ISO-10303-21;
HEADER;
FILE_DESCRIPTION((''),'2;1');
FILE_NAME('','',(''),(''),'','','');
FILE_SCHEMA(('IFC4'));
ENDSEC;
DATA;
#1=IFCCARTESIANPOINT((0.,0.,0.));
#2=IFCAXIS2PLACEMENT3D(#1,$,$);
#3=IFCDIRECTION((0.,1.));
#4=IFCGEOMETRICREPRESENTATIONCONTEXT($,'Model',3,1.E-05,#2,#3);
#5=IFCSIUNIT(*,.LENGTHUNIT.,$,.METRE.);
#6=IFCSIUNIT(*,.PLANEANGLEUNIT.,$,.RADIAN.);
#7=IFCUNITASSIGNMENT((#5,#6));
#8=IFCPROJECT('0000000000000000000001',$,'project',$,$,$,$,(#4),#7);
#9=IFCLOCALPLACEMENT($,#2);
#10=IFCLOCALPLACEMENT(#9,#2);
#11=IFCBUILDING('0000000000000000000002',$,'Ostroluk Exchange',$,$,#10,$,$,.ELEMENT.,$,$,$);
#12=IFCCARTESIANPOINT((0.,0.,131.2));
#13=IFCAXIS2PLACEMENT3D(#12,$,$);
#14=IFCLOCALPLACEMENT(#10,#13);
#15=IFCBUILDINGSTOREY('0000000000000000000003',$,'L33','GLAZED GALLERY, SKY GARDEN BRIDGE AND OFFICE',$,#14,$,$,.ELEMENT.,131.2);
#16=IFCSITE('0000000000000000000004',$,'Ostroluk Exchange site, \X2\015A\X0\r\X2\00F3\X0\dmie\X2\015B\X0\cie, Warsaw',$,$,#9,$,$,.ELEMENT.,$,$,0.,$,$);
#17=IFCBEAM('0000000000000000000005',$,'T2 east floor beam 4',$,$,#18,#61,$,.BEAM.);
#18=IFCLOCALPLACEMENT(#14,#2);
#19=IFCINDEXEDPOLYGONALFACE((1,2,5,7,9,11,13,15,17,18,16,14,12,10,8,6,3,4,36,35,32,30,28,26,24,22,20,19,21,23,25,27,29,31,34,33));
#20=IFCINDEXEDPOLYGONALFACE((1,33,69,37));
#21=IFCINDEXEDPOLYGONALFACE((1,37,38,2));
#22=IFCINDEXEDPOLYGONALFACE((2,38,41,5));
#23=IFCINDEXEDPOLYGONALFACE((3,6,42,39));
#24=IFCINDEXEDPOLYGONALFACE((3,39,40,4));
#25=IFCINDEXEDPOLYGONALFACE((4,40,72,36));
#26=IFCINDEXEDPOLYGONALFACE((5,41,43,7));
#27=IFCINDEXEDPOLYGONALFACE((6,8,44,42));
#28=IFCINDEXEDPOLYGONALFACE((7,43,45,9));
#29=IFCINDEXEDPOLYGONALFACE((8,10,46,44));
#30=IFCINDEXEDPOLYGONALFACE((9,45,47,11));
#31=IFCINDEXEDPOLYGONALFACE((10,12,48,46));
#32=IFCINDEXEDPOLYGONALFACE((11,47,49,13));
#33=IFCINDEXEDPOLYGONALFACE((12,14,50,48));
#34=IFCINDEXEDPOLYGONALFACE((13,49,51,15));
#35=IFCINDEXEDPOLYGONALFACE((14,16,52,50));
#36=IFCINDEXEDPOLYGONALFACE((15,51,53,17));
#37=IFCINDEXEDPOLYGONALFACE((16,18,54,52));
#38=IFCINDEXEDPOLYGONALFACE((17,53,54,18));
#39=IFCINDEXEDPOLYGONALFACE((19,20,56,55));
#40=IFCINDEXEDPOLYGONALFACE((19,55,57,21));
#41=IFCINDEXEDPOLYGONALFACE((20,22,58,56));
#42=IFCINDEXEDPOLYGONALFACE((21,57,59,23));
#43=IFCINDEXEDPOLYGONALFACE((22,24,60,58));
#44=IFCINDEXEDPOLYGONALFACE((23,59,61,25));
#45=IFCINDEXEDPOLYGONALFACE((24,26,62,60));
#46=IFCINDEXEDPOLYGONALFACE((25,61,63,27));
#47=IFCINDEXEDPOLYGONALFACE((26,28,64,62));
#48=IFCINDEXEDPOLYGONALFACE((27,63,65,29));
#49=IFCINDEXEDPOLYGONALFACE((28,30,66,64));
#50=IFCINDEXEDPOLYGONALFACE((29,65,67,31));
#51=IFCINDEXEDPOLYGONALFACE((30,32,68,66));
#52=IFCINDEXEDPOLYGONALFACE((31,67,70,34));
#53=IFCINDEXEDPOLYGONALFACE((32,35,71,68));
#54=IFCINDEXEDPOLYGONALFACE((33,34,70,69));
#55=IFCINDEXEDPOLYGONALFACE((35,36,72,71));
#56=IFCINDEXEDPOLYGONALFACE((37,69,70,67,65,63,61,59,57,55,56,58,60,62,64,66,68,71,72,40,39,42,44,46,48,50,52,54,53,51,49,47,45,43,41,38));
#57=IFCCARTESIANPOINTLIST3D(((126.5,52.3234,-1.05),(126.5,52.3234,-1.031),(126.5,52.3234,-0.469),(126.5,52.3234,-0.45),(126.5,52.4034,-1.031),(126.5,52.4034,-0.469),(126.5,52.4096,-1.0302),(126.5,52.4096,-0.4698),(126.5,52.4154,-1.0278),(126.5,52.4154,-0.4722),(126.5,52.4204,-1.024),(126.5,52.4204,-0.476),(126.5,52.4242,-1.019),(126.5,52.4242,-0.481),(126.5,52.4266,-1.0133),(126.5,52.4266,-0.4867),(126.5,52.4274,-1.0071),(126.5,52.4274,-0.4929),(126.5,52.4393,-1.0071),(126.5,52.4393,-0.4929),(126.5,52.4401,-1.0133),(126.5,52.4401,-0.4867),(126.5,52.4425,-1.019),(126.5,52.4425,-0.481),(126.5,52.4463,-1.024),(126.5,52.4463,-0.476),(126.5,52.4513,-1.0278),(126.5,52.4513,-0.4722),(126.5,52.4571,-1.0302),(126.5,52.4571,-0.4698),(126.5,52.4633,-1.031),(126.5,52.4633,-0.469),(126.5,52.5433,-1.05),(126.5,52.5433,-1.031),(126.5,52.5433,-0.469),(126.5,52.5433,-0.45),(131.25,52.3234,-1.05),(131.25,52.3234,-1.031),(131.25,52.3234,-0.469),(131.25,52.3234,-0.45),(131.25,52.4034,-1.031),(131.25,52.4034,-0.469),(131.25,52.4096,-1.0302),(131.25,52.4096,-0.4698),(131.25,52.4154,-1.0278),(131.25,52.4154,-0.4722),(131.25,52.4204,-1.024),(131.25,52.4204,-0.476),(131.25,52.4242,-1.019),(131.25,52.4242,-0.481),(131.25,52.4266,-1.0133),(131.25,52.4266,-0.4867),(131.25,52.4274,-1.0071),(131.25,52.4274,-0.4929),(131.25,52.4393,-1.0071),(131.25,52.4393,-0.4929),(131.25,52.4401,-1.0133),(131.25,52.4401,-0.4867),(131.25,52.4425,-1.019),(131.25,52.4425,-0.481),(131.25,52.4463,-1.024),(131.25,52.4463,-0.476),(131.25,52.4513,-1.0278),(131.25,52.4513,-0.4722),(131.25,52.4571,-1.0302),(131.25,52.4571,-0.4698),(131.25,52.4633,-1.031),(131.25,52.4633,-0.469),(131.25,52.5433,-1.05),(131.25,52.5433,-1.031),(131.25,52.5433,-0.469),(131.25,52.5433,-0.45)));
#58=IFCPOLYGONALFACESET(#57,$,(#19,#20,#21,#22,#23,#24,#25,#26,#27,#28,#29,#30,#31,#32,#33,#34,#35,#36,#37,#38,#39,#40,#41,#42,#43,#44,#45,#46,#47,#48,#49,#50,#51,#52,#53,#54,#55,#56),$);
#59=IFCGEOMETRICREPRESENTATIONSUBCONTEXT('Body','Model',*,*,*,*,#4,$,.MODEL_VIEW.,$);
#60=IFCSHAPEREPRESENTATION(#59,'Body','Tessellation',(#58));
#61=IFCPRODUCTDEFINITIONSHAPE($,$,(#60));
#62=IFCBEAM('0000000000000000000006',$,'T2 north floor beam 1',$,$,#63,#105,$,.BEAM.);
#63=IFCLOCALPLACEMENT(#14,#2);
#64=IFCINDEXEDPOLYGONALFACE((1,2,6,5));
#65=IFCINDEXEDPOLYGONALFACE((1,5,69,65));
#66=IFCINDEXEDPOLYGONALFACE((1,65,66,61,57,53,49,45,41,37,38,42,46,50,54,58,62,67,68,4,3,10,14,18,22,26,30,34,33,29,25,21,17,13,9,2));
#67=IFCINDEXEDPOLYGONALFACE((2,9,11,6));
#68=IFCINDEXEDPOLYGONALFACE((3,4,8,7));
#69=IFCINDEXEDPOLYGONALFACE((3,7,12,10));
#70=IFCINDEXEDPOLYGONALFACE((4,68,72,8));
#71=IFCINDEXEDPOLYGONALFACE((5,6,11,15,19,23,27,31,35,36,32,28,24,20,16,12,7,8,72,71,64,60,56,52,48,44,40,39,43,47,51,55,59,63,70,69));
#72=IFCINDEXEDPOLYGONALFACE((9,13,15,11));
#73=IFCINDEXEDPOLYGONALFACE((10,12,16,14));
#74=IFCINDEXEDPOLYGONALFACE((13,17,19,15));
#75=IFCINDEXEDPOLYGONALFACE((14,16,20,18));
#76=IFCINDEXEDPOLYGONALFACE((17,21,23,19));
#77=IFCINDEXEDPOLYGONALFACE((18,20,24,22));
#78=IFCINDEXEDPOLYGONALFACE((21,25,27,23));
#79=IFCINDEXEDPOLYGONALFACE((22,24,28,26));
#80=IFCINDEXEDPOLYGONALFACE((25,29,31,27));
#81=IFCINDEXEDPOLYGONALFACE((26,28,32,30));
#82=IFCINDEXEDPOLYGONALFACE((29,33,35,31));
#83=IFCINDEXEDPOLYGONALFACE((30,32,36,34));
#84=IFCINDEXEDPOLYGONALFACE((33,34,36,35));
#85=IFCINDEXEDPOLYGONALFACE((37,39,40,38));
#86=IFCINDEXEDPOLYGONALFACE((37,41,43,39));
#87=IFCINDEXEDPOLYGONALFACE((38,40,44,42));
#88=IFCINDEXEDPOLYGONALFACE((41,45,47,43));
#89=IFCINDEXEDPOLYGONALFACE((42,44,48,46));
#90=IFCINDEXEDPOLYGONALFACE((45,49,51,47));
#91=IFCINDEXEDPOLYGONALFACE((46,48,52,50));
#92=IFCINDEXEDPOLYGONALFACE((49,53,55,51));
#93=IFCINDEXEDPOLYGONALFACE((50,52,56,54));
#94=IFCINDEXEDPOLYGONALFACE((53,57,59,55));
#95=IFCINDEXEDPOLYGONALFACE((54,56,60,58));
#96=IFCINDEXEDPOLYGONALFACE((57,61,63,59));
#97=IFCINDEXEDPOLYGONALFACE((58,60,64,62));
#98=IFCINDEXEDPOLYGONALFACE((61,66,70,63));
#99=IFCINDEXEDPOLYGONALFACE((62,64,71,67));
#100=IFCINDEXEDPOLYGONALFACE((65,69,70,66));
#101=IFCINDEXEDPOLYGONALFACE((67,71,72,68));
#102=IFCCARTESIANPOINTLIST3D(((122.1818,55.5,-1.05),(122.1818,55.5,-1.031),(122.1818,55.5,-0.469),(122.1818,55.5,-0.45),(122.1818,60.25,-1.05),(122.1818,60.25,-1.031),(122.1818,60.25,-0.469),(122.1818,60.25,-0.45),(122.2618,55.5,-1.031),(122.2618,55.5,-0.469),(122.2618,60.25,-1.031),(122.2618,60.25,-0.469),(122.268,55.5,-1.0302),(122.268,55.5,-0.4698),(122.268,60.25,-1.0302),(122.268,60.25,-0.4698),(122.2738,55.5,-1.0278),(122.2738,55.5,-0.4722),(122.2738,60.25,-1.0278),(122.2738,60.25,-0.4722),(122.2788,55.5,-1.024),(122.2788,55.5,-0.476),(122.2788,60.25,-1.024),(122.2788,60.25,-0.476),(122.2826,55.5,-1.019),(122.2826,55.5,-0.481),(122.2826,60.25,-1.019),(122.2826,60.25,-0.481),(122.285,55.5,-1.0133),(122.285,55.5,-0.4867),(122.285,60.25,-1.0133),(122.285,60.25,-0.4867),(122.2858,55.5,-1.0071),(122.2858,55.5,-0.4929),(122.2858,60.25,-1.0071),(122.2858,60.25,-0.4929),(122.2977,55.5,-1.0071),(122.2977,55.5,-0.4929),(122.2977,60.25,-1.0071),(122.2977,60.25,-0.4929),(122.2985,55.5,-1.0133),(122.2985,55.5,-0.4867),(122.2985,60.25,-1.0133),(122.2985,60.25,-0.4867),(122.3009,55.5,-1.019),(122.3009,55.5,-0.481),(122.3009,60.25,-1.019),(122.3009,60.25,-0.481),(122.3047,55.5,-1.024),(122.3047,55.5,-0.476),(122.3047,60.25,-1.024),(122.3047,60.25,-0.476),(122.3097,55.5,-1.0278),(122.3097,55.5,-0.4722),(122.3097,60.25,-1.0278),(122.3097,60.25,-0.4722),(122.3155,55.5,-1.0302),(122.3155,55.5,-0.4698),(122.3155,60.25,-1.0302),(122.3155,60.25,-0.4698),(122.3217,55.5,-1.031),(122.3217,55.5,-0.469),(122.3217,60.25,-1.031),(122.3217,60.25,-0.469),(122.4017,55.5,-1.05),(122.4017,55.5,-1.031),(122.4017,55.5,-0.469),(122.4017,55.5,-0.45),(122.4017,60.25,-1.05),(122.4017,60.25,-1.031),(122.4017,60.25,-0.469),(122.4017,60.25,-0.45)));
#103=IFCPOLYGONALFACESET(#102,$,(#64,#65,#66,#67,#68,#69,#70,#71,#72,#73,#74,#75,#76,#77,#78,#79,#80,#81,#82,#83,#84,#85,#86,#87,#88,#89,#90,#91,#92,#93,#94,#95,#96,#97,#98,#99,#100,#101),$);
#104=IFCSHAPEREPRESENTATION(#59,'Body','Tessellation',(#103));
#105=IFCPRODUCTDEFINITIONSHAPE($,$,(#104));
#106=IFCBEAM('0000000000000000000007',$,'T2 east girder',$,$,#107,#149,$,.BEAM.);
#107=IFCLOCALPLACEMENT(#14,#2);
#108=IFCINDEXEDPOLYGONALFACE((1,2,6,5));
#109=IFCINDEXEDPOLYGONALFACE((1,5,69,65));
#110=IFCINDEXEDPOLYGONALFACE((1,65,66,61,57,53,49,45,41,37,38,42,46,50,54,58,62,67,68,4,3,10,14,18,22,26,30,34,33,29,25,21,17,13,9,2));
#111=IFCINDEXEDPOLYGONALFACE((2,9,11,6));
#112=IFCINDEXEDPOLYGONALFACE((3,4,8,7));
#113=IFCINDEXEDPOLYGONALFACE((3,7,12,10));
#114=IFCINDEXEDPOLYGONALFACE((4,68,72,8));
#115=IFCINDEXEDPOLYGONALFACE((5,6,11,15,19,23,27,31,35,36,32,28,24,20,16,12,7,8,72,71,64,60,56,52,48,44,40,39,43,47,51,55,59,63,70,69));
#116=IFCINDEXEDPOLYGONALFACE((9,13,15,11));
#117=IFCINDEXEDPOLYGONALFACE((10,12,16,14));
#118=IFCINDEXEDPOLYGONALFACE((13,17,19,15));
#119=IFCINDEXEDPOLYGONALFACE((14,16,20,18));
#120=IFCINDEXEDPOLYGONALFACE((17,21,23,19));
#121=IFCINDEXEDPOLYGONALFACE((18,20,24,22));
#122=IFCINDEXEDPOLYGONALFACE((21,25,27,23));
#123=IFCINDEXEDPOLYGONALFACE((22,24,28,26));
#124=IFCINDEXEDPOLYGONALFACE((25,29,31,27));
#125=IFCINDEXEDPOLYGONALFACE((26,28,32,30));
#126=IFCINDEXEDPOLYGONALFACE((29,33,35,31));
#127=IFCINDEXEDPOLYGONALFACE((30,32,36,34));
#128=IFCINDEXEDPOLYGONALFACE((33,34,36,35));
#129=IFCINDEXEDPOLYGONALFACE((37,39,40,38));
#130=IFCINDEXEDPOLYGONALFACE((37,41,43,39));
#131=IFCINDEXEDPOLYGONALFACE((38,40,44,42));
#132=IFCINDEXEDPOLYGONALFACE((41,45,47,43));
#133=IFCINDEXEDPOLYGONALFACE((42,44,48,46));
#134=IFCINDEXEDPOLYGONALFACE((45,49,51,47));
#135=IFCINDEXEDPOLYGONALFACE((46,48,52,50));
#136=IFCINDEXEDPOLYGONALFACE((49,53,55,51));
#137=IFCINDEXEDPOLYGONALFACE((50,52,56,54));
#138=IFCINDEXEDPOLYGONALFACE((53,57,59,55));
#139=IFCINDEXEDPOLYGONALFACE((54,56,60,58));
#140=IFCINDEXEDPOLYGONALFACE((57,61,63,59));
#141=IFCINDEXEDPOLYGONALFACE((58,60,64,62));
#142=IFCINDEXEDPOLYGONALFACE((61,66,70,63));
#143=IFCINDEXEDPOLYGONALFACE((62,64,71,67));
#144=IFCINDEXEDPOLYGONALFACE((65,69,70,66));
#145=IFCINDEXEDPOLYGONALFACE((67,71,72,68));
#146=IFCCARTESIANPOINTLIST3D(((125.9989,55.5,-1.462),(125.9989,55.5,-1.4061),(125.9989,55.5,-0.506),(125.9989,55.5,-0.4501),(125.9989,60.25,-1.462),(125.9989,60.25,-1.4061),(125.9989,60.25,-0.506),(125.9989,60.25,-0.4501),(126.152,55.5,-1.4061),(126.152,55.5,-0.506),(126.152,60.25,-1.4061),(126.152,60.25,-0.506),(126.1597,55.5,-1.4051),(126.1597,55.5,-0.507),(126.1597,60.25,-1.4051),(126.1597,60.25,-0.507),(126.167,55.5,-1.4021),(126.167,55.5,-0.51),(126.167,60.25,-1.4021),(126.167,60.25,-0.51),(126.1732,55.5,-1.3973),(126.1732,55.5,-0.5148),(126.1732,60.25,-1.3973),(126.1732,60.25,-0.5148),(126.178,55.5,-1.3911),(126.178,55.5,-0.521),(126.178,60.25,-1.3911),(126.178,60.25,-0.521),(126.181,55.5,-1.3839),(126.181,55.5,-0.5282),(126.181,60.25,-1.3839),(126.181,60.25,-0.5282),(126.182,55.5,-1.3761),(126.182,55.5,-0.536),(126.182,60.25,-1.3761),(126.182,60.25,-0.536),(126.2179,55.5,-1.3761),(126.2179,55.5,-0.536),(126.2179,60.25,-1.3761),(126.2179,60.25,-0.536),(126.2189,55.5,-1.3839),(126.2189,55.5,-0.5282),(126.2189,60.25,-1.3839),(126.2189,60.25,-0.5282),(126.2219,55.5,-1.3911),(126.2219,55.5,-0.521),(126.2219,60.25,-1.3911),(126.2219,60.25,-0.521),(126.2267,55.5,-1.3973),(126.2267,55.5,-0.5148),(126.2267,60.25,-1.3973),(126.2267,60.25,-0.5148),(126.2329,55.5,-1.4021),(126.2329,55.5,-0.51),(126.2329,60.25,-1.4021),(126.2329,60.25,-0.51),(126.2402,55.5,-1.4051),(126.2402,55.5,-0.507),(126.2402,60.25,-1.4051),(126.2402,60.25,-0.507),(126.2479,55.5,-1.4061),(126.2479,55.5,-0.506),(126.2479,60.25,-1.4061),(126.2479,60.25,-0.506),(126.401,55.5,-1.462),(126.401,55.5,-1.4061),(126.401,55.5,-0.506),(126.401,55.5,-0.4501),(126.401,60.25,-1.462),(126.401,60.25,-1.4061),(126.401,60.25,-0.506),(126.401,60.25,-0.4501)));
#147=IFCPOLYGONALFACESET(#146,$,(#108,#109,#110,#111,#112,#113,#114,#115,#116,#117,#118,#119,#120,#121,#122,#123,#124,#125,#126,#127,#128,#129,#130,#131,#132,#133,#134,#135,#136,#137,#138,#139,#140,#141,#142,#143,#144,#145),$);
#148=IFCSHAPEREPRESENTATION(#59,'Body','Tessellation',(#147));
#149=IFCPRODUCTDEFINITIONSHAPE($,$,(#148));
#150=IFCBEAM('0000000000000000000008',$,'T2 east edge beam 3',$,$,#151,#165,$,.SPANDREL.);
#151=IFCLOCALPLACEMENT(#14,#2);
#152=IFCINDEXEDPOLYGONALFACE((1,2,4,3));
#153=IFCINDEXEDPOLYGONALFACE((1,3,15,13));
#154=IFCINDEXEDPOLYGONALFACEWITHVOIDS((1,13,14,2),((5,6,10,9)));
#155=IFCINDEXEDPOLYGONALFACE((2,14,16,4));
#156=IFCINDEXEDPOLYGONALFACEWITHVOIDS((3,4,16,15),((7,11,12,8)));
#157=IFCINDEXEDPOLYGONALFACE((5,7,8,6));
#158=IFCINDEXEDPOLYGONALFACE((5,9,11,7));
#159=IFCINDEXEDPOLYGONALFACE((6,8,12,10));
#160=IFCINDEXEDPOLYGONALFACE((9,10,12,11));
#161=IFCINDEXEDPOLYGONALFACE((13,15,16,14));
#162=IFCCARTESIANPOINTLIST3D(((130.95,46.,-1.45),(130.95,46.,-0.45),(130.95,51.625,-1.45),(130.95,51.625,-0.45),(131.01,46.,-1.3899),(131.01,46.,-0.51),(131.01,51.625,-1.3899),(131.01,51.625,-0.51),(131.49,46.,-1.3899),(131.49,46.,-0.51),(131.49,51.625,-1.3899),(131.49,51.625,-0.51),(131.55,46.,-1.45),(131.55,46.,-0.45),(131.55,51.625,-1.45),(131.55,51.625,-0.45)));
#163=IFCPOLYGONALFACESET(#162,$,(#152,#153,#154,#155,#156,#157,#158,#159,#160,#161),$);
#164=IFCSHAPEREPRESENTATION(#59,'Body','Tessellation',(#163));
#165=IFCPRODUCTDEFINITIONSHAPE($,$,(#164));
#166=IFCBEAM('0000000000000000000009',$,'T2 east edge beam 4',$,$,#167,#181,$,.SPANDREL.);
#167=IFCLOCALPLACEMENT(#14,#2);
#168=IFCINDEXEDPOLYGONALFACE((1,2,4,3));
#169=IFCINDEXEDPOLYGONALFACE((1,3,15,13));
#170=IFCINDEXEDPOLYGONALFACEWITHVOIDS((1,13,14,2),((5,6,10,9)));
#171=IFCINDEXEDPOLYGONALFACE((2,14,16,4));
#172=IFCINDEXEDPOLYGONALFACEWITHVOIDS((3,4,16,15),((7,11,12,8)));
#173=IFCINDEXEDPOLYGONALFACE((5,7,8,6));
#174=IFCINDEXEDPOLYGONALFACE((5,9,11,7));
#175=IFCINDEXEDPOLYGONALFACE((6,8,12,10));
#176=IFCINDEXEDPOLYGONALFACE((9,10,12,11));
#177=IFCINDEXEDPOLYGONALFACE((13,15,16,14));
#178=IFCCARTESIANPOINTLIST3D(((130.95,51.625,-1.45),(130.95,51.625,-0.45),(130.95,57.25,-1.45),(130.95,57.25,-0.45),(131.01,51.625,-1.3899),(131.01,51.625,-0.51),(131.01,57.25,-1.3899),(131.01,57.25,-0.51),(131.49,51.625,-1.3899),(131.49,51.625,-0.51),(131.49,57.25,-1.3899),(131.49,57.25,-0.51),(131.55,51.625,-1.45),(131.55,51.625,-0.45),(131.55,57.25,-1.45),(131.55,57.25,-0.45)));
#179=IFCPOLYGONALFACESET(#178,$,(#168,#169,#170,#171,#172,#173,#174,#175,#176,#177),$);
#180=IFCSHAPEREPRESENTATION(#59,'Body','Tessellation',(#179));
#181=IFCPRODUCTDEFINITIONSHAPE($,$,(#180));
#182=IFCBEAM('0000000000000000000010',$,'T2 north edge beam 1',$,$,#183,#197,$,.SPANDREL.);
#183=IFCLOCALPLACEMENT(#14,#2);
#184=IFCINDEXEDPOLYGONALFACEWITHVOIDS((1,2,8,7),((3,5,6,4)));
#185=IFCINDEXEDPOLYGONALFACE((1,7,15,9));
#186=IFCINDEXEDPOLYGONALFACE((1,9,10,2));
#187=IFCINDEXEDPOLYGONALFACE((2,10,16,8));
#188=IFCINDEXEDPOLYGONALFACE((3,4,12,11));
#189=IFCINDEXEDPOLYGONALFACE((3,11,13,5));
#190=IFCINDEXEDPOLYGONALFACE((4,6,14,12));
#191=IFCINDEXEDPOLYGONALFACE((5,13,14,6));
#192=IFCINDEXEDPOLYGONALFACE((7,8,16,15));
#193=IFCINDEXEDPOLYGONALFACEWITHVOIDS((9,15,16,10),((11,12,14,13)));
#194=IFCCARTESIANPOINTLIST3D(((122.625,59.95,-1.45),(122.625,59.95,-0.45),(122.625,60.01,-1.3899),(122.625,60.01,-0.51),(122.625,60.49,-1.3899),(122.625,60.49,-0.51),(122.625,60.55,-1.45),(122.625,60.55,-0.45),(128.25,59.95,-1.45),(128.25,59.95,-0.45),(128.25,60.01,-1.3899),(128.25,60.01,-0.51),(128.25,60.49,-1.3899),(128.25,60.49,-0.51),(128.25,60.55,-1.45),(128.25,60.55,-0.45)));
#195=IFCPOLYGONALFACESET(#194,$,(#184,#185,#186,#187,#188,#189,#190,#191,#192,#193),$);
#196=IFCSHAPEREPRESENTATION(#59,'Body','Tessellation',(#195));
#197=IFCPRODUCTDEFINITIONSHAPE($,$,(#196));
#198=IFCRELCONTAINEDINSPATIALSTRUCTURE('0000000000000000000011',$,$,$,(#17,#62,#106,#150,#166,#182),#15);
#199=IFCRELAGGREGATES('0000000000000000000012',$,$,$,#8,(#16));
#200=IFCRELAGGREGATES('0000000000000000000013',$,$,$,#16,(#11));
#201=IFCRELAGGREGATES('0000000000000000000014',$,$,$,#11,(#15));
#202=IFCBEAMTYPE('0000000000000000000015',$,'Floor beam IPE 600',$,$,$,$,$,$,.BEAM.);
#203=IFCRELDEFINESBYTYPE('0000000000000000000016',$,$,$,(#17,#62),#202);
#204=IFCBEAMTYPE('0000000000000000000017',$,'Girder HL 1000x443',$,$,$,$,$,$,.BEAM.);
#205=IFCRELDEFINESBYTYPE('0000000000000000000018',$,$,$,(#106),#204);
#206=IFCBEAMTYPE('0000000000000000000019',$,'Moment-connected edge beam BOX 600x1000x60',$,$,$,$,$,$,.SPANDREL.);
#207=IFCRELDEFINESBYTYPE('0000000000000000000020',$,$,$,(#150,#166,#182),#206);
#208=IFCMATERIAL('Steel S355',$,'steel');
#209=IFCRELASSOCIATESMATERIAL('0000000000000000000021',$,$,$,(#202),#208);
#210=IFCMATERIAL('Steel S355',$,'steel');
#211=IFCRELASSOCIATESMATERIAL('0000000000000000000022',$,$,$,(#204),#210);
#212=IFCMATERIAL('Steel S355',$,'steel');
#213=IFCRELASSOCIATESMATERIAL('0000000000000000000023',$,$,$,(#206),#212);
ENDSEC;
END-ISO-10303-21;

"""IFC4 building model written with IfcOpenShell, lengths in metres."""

from ifc_helpers import new_model, si_unit, direction, frame, origin, origin_2d, place, context, subcontext, project, spatial, hollow_rectangle, i_section, extrude, material, material_profile, profile_set, type_object, element, save


model = new_model("IFC4")

# Units and contexts
model_context = context("Model", 3, precision=1e-05, world=origin(), true_north=direction((0.0, 1.0)))
body_context = subcontext(model_context, "Body", "Model", "MODEL_VIEW")
ifc_project = project(units=[si_unit("LENGTHUNIT", "METRE"), si_unit("PLANEANGLEUNIT", "RADIAN")], contexts=[model_context])

# Site, building, storey
site_placement = place(None, origin())
site = spatial("IfcSite", under=ifc_project, at=site_placement, Name="Ostroluk Exchange site, Śródmieście, Warsaw", CompositionType="ELEMENT", RefElevation=0.0)
building_placement = place(site_placement, origin())
building = spatial("IfcBuilding", under=site, at=building_placement, Name="Ostroluk Exchange", CompositionType="ELEMENT")
storey_placement = place(building_placement, frame((0.0, 0.0, 131.2)))
storey = spatial("IfcBuildingStorey", under=building, at=storey_placement, Name="L33", Description="GLAZED GALLERY, SKY GARDEN BRIDGE AND OFFICE", CompositionType="ELEMENT", Elevation=131.2)

# Beams
ifc_material_1 = material(Name="Steel S355", Category="steel")
ifc_material_profile_1 = material_profile(ifc_material_1, i_section(OverallWidth=0.22, OverallDepth=0.6001, WebThickness=0.012, FlangeThickness=0.019, FilletRadius=0.0239, at=origin_2d()), Name="IPE 600")
ifc_profile_set_1 = profile_set([ifc_material_profile_1], Name="Steel S355")
beam_type_1 = type_object("IfcBeamType", Name="Floor beam IPE 600", PredefinedType="BEAM", material=ifc_profile_set_1)
for number, where, z_axis, x_axis, name in (
    (1, (126.5, 52.4333, -0.75), (1.0, 0.0, 0.0), (0.0, 1.0, 0.0), "T2 east floor beam 4"),
    (2, (122.2917, 55.5, -0.75), (0.0, 1.0, 0.0), (-1.0, 0.0, 0.0), "T2 north floor beam 1"),
):
    element("IfcBeam", number, at=place(storey_placement, frame(where, z_axis=z_axis, x_axis=x_axis)), inside=storey, type_object=beam_type_1, Name=name, PredefinedType="BEAM", context=body_context, shape_type="SweptSolid", body=[
        extrude(i_section(OverallWidth=0.22, OverallDepth=0.6001, WebThickness=0.012, FlangeThickness=0.019, FilletRadius=0.0239, at=origin_2d()), origin(), (0.0, 0.0, 1.0), 4.75),
    ])
ifc_material_2 = material(Name="Steel S355", Category="steel")
ifc_material_profile_2 = material_profile(ifc_material_2, i_section(OverallWidth=0.4021, OverallDepth=1.012, WebThickness=0.0359, FlangeThickness=0.0559, FilletRadius=0.03, at=origin_2d()), Name="HL 1000x443")
ifc_profile_set_2 = profile_set([ifc_material_profile_2], Name="Steel S355")
beam_type_2 = type_object("IfcBeamType", Name="Girder HL 1000x443", PredefinedType="BEAM", material=ifc_profile_set_2)
beam_placement = place(storey_placement, frame((126.2, 55.5, -0.9561), z_axis=(0.0, 1.0, 0.0), x_axis=(-1.0, 0.0, 0.0)))
element("IfcBeam", 3, at=beam_placement, inside=storey, type_object=beam_type_2, Name="T2 east girder", PredefinedType="BEAM", context=body_context, shape_type="SweptSolid", body=[
    extrude(i_section(OverallWidth=0.4021, OverallDepth=1.012, WebThickness=0.0359, FlangeThickness=0.0559, FilletRadius=0.03, at=origin_2d()), origin(), (0.0, 0.0, 1.0), 4.75),
])
ifc_material_3 = material(Name="Steel S355", Category="steel")
ifc_material_profile_3 = material_profile(ifc_material_3, hollow_rectangle(XDim=0.6001, YDim=1.0, WallThickness=0.0601, at=origin_2d()), Name="BOX 600x1000x60")
ifc_profile_set_3 = profile_set([ifc_material_profile_3], Name="Steel S355")
beam_type_3 = type_object("IfcBeamType", Name="Moment-connected edge beam BOX 600x1000x60", PredefinedType="SPANDREL", material=ifc_profile_set_3)
for number, where, z_axis, x_axis, name in (
    (4, (131.25, 46.0, -0.95), (0.0, 1.0, 0.0), (-1.0, 0.0, 0.0), "T2 east edge beam 3"),
    (5, (131.25, 51.625, -0.95), (0.0, 1.0, 0.0), (-1.0, 0.0, 0.0), "T2 east edge beam 4"),
    (6, (128.25, 60.25, -0.95), (-1.0, 0.0, 0.0), (0.0, -1.0, 0.0), "T2 north edge beam 1"),
):
    element("IfcBeam", number, at=place(storey_placement, frame(where, z_axis=z_axis, x_axis=x_axis)), inside=storey, type_object=beam_type_3, Name=name, PredefinedType="SPANDREL", context=body_context, shape_type="SweptSolid", body=[
        extrude(hollow_rectangle(XDim=0.6001, YDim=1.0, WallThickness=0.0601, at=origin_2d()), origin(), (0.0, 0.0, 1.0), 5.625),
    ])

save(model, "model.ifc")
